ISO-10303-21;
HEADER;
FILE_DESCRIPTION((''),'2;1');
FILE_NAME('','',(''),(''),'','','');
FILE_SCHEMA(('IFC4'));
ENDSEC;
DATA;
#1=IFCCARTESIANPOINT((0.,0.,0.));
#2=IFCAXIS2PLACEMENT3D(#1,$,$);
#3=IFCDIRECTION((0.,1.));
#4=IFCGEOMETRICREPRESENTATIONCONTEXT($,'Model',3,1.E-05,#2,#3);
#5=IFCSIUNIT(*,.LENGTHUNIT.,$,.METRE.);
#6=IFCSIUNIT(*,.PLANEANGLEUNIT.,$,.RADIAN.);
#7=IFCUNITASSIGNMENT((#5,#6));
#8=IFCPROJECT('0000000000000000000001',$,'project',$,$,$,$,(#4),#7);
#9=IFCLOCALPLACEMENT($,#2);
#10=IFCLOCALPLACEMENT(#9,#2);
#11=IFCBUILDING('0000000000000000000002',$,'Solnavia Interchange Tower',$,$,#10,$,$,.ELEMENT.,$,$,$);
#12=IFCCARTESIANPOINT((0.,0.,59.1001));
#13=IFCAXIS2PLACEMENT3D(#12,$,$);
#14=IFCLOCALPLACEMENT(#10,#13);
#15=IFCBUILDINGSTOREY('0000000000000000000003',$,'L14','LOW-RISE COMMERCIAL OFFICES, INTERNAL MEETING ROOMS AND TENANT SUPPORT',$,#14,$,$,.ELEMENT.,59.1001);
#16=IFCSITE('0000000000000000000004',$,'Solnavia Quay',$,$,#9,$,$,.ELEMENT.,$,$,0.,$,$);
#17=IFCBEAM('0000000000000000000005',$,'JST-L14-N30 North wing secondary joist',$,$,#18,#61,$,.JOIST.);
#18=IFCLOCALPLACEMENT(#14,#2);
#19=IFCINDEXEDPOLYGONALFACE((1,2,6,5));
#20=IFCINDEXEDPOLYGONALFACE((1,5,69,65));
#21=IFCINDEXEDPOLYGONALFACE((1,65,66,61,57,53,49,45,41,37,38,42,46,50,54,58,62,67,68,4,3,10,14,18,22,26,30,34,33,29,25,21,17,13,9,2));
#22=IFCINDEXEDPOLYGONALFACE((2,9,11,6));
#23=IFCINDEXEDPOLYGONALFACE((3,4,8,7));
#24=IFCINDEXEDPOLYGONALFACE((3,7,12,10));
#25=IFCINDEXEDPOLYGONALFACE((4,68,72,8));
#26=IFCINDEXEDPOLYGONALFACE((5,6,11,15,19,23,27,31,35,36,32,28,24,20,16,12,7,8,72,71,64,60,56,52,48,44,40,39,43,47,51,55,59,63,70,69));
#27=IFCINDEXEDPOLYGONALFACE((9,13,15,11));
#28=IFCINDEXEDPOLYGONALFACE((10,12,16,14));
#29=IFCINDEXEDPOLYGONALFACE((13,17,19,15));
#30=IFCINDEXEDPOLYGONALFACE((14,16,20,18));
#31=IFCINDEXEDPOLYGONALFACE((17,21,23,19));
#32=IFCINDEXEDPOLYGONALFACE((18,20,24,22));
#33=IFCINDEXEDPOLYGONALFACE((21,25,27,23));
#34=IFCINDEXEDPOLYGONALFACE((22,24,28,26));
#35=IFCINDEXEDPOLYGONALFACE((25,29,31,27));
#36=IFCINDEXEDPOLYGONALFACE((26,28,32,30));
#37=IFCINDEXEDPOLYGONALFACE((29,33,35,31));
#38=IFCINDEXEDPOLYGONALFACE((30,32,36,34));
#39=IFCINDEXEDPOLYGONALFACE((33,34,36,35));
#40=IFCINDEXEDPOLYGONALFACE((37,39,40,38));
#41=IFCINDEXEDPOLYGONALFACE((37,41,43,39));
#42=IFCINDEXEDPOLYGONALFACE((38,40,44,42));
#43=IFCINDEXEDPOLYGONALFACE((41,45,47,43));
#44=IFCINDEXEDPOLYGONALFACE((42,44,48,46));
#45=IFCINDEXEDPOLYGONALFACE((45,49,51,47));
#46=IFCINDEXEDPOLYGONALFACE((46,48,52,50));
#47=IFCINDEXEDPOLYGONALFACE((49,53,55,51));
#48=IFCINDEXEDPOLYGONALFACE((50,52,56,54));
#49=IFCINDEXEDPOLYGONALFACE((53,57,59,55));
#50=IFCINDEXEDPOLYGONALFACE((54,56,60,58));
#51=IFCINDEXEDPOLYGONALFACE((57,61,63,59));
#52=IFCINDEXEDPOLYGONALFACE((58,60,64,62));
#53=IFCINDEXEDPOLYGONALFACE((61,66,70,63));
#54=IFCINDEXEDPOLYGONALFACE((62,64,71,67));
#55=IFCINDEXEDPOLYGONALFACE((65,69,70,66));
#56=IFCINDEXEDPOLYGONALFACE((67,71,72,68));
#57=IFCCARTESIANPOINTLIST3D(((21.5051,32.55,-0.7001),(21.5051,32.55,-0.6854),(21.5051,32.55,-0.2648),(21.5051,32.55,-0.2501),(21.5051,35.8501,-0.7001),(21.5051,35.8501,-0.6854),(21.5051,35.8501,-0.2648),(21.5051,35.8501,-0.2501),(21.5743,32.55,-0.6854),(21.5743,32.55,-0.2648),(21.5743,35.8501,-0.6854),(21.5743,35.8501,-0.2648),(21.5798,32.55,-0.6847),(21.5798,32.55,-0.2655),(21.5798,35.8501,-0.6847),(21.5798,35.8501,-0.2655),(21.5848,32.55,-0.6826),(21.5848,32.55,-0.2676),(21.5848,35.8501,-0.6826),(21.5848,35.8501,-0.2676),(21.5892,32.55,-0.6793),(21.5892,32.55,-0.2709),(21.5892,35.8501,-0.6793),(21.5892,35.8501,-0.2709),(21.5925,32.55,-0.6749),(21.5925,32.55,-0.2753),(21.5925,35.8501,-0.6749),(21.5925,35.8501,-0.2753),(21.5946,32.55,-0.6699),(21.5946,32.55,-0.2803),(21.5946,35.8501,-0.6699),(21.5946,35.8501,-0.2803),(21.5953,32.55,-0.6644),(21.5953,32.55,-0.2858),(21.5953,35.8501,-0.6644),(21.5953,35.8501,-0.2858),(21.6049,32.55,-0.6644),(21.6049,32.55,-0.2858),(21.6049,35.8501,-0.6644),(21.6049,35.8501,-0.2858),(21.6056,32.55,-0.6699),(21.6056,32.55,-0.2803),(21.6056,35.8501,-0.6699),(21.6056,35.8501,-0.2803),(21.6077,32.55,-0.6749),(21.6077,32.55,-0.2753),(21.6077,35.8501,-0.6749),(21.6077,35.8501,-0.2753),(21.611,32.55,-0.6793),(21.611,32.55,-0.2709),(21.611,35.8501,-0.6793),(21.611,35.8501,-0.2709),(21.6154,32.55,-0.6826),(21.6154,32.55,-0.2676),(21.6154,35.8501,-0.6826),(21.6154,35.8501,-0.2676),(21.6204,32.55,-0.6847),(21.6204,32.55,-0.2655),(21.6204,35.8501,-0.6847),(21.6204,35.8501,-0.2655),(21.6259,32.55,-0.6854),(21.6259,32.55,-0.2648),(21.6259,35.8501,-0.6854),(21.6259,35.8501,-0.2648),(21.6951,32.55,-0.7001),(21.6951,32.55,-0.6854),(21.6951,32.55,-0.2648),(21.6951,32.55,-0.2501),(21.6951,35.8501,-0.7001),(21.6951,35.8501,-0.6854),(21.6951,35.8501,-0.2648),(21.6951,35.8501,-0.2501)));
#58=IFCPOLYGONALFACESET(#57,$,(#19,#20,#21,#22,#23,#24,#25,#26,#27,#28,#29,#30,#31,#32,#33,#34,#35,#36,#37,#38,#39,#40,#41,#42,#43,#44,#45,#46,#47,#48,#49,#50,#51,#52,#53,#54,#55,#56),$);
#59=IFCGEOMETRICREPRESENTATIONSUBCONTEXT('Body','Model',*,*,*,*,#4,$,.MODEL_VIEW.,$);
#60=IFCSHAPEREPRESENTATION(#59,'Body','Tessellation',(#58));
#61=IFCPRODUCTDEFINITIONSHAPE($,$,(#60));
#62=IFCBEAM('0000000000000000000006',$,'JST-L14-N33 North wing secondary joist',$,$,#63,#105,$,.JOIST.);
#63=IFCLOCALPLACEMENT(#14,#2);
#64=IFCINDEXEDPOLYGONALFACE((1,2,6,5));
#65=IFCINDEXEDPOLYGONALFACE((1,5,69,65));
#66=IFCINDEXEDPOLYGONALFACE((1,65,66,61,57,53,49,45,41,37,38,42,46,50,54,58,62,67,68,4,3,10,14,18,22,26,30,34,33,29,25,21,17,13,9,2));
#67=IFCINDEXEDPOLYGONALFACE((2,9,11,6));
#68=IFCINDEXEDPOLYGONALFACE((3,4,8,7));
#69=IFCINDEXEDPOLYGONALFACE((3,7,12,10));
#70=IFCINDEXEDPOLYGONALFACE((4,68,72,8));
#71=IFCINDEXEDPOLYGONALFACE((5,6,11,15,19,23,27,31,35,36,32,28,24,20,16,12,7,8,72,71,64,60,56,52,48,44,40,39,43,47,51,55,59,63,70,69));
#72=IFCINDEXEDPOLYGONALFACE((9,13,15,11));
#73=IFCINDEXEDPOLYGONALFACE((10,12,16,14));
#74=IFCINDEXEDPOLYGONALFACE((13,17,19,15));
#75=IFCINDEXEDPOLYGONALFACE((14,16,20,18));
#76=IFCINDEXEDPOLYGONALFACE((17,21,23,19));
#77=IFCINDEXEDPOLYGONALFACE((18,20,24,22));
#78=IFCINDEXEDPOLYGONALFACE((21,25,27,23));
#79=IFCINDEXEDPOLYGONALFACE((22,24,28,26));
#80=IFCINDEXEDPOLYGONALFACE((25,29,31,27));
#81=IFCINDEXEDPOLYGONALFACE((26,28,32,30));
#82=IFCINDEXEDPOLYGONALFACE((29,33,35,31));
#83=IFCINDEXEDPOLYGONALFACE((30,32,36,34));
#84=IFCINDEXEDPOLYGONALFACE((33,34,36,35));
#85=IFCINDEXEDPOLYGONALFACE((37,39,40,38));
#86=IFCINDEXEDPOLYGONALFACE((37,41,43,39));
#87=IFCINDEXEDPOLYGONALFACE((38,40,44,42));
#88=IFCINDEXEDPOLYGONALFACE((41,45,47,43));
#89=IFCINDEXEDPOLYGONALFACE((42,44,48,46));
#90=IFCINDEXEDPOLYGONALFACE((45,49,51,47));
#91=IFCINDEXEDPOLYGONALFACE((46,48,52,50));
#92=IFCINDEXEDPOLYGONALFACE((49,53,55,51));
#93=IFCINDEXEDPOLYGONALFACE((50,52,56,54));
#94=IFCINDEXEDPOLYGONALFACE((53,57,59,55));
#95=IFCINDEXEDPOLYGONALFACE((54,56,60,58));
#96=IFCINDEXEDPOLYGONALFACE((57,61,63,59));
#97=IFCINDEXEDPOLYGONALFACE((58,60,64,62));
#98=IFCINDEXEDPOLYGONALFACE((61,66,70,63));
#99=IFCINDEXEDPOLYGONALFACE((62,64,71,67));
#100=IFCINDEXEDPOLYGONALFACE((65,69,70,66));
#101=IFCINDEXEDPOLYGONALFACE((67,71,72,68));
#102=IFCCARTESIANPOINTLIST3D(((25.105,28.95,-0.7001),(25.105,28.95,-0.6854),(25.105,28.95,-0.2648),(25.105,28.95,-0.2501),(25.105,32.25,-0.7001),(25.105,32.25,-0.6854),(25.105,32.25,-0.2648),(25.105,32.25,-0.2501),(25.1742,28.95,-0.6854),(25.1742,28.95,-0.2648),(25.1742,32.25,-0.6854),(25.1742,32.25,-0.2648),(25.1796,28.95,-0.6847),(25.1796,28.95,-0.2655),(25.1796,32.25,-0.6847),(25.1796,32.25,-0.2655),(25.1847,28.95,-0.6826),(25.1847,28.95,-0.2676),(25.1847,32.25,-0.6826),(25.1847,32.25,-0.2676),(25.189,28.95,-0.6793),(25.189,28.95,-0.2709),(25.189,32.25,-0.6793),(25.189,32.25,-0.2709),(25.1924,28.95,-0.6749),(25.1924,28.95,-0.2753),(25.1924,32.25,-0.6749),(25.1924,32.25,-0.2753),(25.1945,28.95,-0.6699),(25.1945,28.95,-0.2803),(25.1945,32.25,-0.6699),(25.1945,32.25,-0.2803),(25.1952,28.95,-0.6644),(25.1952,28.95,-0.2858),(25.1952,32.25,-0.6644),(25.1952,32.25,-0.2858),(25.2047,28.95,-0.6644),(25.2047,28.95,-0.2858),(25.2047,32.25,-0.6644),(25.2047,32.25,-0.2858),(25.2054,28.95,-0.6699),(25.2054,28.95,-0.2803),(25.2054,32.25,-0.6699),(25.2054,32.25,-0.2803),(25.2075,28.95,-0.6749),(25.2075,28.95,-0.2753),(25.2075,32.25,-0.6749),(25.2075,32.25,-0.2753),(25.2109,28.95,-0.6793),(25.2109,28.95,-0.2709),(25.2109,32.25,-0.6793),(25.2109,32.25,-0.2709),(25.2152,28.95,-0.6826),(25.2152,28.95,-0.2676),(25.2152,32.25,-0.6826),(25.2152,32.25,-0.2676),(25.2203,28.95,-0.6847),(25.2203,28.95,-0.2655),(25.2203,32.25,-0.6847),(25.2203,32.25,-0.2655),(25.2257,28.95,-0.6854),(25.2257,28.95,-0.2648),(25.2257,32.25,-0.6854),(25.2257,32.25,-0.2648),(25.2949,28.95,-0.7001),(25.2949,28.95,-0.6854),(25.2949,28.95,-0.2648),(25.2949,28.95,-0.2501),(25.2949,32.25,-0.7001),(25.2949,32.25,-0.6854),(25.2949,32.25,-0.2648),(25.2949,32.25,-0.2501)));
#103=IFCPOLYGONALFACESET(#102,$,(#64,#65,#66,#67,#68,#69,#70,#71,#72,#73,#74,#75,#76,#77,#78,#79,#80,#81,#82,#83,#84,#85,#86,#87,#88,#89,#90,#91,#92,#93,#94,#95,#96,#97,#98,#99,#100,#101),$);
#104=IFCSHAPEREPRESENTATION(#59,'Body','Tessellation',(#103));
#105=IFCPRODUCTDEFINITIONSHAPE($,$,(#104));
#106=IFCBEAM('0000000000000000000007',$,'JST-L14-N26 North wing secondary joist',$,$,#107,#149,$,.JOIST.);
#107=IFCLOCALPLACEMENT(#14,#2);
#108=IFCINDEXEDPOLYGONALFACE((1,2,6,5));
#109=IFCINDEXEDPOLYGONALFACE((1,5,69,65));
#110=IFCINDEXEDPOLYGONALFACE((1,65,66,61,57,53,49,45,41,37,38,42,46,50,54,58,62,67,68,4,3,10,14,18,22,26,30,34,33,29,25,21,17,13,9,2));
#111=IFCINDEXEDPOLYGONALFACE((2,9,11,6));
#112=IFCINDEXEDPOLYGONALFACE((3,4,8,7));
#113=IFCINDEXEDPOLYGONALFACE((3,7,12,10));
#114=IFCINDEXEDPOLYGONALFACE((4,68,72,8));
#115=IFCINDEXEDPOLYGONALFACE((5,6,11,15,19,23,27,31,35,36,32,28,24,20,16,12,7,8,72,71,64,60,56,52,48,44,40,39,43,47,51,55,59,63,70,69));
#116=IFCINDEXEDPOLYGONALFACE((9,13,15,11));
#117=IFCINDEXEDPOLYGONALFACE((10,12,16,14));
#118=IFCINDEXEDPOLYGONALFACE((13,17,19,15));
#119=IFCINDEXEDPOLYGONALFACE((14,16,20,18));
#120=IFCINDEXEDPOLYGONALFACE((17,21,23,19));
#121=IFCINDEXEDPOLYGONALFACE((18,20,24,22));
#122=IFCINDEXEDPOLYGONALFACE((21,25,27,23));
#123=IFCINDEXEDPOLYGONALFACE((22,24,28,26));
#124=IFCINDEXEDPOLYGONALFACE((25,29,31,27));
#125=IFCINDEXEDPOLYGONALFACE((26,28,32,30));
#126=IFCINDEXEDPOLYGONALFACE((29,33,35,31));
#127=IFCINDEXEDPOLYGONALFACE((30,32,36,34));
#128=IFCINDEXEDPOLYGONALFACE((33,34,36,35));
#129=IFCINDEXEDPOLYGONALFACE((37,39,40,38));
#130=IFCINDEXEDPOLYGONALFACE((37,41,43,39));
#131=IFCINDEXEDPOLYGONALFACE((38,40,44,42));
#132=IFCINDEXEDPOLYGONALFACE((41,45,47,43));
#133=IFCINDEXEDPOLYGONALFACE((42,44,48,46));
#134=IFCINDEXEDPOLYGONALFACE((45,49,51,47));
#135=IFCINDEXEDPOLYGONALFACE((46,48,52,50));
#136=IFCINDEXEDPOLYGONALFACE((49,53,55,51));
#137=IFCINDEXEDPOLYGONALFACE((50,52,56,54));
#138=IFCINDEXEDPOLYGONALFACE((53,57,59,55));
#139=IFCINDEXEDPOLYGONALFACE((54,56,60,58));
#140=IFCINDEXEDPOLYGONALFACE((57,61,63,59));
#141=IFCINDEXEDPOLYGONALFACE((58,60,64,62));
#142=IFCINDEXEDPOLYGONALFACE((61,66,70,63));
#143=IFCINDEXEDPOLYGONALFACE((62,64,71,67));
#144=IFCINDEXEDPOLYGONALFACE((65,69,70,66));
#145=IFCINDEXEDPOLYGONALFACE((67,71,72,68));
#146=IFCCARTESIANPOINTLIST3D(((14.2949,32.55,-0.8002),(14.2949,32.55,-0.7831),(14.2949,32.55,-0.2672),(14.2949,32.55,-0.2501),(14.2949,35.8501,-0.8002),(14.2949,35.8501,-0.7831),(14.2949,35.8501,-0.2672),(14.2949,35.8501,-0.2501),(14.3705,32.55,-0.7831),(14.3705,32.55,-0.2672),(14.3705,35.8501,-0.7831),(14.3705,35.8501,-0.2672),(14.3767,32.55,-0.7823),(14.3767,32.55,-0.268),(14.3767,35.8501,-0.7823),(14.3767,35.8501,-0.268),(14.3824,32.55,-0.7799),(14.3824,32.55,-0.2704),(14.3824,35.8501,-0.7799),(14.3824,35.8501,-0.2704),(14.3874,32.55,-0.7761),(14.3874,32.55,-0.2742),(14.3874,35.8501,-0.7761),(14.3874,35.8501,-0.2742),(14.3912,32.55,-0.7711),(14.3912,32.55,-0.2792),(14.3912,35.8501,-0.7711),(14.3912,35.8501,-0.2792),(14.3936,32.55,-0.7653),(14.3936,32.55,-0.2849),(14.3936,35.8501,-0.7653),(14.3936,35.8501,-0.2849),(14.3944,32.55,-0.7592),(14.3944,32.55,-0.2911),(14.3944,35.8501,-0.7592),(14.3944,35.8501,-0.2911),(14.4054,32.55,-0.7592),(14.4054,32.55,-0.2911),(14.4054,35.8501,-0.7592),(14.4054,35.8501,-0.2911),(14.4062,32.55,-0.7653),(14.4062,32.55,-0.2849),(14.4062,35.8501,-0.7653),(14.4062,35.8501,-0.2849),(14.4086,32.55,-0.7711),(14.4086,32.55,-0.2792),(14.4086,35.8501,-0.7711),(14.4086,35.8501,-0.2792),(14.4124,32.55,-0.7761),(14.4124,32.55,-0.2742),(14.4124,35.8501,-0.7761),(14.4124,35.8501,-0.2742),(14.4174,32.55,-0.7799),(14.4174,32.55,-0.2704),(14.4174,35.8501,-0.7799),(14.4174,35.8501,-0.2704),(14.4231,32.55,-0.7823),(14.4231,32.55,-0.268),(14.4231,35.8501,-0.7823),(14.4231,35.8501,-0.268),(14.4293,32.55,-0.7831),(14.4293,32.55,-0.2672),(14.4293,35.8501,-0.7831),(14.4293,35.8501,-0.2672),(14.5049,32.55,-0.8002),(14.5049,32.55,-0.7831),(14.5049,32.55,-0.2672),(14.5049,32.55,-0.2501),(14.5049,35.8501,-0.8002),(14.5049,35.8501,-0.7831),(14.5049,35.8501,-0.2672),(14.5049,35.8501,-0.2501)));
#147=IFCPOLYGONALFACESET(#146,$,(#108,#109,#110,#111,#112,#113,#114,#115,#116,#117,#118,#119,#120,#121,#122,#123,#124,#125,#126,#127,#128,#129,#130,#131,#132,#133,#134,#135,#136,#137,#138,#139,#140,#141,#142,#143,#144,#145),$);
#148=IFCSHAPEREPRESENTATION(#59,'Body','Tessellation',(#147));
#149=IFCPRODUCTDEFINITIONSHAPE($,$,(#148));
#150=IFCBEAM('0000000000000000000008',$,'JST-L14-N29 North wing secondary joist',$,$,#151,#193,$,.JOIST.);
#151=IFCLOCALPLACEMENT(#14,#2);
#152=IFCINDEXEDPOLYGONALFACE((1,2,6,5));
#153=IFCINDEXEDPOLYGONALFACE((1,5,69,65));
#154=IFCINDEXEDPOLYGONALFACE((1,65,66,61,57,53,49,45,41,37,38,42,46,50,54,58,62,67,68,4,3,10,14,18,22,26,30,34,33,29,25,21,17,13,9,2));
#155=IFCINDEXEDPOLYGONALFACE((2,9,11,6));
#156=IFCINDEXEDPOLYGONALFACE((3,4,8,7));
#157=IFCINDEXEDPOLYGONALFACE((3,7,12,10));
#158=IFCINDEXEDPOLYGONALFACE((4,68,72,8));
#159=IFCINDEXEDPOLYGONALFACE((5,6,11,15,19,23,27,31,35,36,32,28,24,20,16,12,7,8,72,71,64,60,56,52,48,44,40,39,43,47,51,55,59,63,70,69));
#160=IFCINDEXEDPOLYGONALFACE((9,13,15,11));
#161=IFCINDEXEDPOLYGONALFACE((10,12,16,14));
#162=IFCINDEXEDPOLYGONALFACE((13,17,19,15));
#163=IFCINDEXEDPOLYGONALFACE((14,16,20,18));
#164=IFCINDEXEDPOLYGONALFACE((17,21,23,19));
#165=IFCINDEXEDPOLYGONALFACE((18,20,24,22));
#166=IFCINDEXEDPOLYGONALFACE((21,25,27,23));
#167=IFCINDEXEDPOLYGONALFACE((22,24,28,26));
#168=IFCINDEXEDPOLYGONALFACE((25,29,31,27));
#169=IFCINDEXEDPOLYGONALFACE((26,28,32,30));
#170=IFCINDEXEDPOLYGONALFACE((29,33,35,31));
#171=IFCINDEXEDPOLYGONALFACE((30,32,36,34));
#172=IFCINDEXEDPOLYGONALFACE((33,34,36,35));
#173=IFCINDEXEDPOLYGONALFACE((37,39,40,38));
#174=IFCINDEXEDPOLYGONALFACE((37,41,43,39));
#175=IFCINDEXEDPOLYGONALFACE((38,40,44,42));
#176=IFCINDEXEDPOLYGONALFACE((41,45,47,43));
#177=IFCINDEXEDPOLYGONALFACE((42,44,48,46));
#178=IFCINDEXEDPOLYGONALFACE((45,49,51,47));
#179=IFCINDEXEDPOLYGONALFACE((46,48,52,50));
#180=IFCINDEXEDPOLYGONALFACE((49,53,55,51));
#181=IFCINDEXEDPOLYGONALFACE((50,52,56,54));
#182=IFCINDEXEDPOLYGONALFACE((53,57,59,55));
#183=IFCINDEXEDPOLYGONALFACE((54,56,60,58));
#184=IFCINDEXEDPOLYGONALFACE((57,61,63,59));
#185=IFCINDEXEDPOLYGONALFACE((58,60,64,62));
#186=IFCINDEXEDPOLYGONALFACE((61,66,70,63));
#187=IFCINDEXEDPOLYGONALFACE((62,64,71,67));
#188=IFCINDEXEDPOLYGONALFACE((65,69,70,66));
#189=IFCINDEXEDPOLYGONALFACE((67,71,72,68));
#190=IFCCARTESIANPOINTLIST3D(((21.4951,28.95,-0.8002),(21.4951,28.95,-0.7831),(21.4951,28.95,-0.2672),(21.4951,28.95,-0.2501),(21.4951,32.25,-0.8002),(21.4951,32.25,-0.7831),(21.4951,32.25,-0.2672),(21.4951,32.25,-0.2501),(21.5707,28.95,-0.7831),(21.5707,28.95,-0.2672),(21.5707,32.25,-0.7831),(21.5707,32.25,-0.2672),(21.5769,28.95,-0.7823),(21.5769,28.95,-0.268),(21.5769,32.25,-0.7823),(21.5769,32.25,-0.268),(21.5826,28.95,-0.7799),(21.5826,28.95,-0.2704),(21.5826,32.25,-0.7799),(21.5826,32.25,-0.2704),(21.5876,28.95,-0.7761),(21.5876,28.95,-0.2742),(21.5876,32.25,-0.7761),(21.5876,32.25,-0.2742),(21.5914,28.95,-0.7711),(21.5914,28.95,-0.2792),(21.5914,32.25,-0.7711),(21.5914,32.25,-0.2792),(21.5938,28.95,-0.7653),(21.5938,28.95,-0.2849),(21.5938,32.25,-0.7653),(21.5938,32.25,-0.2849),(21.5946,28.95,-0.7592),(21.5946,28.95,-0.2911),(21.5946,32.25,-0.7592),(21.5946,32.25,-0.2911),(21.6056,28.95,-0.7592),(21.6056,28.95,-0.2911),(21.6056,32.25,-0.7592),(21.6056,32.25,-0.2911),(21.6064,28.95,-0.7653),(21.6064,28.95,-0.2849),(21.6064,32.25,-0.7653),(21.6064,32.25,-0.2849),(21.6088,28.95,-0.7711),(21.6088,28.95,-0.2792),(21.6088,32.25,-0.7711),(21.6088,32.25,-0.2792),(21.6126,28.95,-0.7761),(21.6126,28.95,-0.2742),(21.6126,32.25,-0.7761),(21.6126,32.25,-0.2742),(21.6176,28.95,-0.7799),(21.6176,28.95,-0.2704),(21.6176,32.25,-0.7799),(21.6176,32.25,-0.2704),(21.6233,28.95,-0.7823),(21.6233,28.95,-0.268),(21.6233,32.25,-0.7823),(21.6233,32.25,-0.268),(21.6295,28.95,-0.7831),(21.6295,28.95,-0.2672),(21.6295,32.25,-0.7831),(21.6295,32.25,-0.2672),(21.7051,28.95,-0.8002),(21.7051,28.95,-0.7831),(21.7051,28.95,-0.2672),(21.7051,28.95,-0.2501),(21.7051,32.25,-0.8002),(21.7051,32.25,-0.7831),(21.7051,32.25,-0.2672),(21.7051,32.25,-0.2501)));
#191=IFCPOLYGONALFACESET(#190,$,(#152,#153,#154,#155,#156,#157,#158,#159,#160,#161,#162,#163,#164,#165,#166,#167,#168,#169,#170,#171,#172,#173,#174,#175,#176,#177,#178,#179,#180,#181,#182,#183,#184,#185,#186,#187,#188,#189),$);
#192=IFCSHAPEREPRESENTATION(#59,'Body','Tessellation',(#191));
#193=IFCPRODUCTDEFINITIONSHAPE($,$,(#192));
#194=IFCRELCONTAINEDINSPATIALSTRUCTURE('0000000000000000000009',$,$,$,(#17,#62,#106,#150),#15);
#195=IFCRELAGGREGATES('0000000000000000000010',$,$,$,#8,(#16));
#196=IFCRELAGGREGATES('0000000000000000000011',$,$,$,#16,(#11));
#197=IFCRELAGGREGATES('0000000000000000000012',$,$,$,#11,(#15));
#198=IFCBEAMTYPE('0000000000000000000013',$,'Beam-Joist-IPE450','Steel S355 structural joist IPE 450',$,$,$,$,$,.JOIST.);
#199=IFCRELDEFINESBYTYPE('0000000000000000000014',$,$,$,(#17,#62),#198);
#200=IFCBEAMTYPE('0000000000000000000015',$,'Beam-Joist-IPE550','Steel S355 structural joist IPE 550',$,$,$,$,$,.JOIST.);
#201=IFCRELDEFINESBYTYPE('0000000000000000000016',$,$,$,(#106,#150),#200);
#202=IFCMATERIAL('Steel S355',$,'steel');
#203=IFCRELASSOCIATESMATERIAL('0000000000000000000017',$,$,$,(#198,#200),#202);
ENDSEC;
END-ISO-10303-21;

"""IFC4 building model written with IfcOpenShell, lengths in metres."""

from ifc_helpers import new_model, si_unit, direction, frame, origin, origin_2d, place, context, subcontext, project, spatial, i_section, extrude, material, material_profile, profile_set, type_object, element, save


model = new_model("IFC4")

# Units and contexts
model_context = context("Model", 3, precision=1e-05, world=origin(), true_north=direction((0.0, 1.0)))
body_context = subcontext(model_context, "Body", "Model", "MODEL_VIEW")
ifc_project = project(units=[si_unit("LENGTHUNIT", "METRE"), si_unit("PLANEANGLEUNIT", "RADIAN")], contexts=[model_context])

# Site, building, storey
site_placement = place(None, origin())
site = spatial("IfcSite", under=ifc_project, at=site_placement, Name="Solnavia Quay", CompositionType="ELEMENT", RefElevation=0.0)
building_placement = place(site_placement, origin())
building = spatial("IfcBuilding", under=site, at=building_placement, Name="Solnavia Interchange Tower", CompositionType="ELEMENT")
storey_placement = place(building_placement, frame((0.0, 0.0, 59.1001)))
storey = spatial("IfcBuildingStorey", under=building, at=storey_placement, Name="L14", Description="LOW-RISE COMMERCIAL OFFICES, INTERNAL MEETING ROOMS AND TENANT SUPPORT", CompositionType="ELEMENT", Elevation=59.1001)

# Shared definitions
ifc_material_1 = material(Name="Steel S355", Category="steel")

# Beams
ifc_material_profile_1 = material_profile(ifc_material_1, i_section(OverallWidth=0.1899, OverallDepth=0.45, WebThickness=0.0095, FlangeThickness=0.0146, FilletRadius=0.021, at=origin_2d()), Name="IPE 450")
ifc_profile_set_1 = profile_set([ifc_material_profile_1], Name="Steel S355")
beam_type_1 = type_object("IfcBeamType", Name="Beam-Joist-IPE450", Description="Steel S355 structural joist IPE 450", PredefinedType="JOIST", material=ifc_profile_set_1)
for number, where, z_axis, x_axis, name in (
    (1, (21.6001, 32.55, -0.4751), (0.0, 1.0, 0.0), (-1.0, 0.0, 0.0), "JST-L14-N30 North wing secondary joist"),
    (2, (25.2, 28.95, -0.4751), (0.0, 1.0, 0.0), (-1.0, 0.0, 0.0), "JST-L14-N33 North wing secondary joist"),
):
    element("IfcBeam", number, at=place(storey_placement, frame(where, z_axis=z_axis, x_axis=x_axis)), inside=storey, type_object=beam_type_1, Name=name, PredefinedType="JOIST", context=body_context, shape_type="SweptSolid", body=[
        extrude(i_section(OverallWidth=0.1899, OverallDepth=0.45, WebThickness=0.0095, FlangeThickness=0.0146, FilletRadius=0.021, at=origin_2d()), origin(), (0.0, 0.0, 1.0), 3.3),
    ])
ifc_material_profile_2 = material_profile(ifc_material_1, i_section(OverallWidth=0.21, OverallDepth=0.55, WebThickness=0.011, FlangeThickness=0.0171, FilletRadius=0.0239, at=origin_2d()), Name="IPE 550")
ifc_profile_set_2 = profile_set([ifc_material_profile_2], Name="Steel S355")
beam_type_2 = type_object("IfcBeamType", Name="Beam-Joist-IPE550", Description="Steel S355 structural joist IPE 550", PredefinedType="JOIST", material=ifc_profile_set_2)
for number, where, z_axis, x_axis, name in (
    (3, (14.3999, 32.55, -0.5251), (0.0, 1.0, 0.0), (-1.0, 0.0, 0.0), "JST-L14-N26 North wing secondary joist"),
    (4, (21.6001, 28.95, -0.5251), (0.0, 1.0, 0.0), (-1.0, 0.0, 0.0), "JST-L14-N29 North wing secondary joist"),
):
    element("IfcBeam", number, at=place(storey_placement, frame(where, z_axis=z_axis, x_axis=x_axis)), inside=storey, type_object=beam_type_2, Name=name, PredefinedType="JOIST", context=body_context, shape_type="SweptSolid", body=[
        extrude(i_section(OverallWidth=0.21, OverallDepth=0.55, WebThickness=0.011, FlangeThickness=0.0171, FilletRadius=0.0239, at=origin_2d()), origin(), (0.0, 0.0, 1.0), 3.3),
    ])

save(model, "model.ifc")
